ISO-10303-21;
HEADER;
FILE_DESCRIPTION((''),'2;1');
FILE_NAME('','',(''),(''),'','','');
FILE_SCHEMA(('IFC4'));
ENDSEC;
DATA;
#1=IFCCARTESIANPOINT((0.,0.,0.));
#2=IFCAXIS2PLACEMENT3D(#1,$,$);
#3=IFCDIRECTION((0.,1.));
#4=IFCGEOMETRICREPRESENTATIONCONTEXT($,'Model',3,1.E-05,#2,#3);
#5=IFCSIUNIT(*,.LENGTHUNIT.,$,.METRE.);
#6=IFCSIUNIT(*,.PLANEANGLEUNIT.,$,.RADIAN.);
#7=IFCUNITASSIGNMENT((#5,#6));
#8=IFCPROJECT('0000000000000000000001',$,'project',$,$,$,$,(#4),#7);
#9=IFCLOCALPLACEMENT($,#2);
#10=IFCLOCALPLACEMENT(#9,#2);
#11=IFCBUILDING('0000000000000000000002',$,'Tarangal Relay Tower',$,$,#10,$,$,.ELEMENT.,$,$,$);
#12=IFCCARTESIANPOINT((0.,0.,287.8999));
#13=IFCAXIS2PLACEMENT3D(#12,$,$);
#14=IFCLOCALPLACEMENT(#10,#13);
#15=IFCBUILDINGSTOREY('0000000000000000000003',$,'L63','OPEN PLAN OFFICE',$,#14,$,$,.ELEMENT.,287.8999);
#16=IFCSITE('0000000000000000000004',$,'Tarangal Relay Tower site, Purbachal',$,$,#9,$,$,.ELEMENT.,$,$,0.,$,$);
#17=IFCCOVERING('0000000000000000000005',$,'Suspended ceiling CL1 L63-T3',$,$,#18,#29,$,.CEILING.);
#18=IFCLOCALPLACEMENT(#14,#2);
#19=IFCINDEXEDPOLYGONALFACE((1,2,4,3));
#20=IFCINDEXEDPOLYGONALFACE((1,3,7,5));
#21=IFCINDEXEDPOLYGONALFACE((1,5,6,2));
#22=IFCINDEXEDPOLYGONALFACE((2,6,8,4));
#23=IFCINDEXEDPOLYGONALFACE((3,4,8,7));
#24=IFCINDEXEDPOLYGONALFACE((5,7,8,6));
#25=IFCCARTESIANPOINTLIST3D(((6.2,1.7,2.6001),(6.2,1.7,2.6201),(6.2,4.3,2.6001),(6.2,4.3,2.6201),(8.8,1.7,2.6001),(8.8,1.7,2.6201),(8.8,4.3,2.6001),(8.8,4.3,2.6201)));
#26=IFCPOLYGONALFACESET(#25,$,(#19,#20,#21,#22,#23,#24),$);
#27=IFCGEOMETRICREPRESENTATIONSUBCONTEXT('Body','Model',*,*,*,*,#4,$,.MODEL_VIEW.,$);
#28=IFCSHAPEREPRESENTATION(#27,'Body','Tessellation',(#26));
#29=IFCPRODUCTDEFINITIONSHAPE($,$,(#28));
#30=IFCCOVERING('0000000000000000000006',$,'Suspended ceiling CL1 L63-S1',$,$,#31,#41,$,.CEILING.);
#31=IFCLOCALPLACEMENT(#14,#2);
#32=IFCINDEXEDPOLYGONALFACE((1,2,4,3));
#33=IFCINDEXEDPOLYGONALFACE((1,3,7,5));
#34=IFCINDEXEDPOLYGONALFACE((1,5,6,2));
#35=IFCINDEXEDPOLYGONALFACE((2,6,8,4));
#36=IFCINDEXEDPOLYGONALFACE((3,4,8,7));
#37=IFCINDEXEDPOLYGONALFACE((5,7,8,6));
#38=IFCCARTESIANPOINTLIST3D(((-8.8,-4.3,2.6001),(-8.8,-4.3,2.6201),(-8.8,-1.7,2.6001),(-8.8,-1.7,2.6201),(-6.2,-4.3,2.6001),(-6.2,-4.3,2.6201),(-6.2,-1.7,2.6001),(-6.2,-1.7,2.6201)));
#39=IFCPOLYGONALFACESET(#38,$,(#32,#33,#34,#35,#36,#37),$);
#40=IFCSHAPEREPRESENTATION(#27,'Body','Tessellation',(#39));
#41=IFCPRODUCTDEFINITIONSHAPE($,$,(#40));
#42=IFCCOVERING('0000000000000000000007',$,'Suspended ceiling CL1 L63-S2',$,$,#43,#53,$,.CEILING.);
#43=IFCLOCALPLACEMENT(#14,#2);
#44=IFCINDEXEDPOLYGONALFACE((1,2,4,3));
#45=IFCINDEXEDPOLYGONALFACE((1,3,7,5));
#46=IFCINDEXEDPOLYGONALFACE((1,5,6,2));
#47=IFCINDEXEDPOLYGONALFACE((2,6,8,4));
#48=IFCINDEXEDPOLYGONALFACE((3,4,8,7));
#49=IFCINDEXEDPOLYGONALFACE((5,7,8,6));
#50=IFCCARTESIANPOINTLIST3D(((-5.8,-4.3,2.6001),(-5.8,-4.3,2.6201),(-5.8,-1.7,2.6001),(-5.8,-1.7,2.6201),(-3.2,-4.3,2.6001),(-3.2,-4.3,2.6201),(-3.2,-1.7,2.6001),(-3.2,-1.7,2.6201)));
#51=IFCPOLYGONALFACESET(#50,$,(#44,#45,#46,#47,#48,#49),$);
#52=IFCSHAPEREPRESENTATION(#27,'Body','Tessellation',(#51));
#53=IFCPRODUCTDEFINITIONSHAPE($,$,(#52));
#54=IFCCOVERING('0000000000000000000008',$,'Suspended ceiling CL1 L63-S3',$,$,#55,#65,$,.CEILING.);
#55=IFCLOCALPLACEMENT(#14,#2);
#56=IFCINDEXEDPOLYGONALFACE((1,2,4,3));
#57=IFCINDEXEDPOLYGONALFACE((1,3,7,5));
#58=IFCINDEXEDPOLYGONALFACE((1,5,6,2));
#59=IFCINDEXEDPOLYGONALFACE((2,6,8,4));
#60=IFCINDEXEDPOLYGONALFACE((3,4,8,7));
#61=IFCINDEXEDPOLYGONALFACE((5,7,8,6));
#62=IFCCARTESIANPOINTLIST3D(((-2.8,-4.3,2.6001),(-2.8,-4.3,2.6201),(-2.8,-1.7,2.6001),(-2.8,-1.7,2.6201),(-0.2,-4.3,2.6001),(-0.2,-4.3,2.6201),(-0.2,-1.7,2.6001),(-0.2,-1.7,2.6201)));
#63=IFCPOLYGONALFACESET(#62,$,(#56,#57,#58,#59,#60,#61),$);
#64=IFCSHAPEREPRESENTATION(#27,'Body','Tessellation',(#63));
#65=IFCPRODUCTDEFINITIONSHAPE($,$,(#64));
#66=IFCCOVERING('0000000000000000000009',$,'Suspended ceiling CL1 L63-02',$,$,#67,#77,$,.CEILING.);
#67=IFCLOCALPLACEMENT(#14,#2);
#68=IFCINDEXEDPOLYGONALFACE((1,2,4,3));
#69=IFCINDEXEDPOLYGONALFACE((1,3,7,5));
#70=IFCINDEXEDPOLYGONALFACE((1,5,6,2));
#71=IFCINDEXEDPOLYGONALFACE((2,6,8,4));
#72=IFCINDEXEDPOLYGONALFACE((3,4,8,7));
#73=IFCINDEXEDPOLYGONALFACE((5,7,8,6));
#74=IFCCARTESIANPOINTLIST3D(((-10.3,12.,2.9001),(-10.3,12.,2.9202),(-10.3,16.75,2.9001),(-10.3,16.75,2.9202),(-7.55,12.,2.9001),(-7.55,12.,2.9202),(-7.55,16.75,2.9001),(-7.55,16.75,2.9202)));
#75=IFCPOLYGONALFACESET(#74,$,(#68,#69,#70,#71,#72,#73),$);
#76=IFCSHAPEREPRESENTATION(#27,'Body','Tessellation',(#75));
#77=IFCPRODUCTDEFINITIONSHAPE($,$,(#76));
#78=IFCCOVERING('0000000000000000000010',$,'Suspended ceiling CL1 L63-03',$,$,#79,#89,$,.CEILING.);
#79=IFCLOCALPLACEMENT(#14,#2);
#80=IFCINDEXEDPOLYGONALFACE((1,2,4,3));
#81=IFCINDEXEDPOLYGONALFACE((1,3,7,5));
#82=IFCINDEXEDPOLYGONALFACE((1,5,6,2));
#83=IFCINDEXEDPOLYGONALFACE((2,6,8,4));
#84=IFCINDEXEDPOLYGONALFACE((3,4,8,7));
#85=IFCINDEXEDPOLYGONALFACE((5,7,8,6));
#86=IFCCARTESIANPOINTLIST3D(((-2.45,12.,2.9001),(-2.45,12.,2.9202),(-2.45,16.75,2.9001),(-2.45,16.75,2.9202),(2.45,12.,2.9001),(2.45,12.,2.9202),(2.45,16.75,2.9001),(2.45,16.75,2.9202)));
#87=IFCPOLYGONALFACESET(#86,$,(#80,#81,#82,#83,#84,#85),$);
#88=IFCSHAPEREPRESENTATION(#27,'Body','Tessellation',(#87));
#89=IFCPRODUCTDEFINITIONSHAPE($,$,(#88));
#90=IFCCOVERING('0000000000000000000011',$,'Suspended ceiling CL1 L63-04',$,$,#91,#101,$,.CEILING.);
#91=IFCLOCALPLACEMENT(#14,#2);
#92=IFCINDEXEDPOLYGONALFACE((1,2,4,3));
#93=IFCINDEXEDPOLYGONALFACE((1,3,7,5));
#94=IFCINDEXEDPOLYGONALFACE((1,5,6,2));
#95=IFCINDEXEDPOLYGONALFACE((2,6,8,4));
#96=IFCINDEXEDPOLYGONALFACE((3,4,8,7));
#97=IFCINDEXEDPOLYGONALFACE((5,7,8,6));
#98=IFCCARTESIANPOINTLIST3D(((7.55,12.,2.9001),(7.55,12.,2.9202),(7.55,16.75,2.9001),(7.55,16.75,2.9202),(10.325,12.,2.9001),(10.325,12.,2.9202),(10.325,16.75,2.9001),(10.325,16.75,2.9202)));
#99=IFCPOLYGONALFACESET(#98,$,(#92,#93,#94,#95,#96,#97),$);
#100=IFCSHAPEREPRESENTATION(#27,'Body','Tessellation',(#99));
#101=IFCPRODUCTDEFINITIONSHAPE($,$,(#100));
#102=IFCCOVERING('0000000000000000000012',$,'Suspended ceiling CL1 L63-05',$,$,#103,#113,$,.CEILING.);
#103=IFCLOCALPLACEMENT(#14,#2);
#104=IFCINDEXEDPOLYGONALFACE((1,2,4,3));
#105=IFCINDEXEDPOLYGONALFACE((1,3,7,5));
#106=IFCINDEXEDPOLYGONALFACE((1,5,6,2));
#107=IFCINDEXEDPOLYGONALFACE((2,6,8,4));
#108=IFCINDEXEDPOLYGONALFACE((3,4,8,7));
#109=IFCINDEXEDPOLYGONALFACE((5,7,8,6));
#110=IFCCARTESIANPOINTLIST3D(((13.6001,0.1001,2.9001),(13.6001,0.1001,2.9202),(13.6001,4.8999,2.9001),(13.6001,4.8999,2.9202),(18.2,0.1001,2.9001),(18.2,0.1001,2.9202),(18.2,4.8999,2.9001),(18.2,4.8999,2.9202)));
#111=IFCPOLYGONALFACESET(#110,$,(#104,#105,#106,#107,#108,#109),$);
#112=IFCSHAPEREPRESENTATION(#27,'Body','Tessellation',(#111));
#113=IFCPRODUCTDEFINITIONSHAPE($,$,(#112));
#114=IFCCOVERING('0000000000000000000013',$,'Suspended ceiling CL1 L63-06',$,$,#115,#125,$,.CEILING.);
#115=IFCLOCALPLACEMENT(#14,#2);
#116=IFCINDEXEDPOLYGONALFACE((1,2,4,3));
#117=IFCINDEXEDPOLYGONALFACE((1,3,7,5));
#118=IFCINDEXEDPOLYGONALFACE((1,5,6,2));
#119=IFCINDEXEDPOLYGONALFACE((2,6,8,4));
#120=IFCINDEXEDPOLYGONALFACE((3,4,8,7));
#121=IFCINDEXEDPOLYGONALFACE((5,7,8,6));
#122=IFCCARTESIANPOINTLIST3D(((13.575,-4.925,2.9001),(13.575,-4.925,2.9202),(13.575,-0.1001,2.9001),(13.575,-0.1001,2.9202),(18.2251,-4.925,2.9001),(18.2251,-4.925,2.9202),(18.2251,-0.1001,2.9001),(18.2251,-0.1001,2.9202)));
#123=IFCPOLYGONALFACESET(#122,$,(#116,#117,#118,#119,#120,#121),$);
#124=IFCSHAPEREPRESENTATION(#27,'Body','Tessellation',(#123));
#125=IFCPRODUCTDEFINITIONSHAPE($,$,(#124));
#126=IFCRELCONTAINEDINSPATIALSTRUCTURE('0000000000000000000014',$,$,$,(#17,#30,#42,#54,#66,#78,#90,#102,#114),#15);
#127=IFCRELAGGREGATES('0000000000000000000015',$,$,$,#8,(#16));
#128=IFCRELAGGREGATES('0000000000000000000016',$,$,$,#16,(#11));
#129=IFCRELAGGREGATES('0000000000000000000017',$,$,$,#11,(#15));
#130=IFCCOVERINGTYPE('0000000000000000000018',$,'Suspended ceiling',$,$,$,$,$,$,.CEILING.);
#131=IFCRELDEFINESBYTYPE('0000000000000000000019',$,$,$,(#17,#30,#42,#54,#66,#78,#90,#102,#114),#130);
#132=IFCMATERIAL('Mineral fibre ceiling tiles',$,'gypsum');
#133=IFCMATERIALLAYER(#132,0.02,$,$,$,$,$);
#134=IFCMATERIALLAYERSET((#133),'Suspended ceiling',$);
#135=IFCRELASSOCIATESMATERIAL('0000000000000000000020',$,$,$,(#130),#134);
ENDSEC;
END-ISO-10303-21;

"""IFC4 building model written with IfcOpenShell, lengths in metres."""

from ifc_helpers import new_model, si_unit, direction, frame, origin, place, context, subcontext, project, spatial, polyline, outline, extrude, material, layer, layer_set, type_object, element, save


model = new_model("IFC4")

# Units and contexts
model_context = context("Model", 3, precision=1e-05, world=origin(), true_north=direction((0.0, 1.0)))
body_context = subcontext(model_context, "Body", "Model", "MODEL_VIEW")
ifc_project = project(units=[si_unit("LENGTHUNIT", "METRE"), si_unit("PLANEANGLEUNIT", "RADIAN")], contexts=[model_context])

# Site, building, storey
site_placement = place(None, origin())
site = spatial("IfcSite", under=ifc_project, at=site_placement, Name="Tarangal Relay Tower site, Purbachal", CompositionType="ELEMENT", RefElevation=0.0)
building_placement = place(site_placement, origin())
building = spatial("IfcBuilding", under=site, at=building_placement, Name="Tarangal Relay Tower", CompositionType="ELEMENT")
storey_placement = place(building_placement, frame((0.0, 0.0, 287.8999)))
storey = spatial("IfcBuildingStorey", under=building, at=storey_placement, Name="L63", Description="OPEN PLAN OFFICE", CompositionType="ELEMENT", Elevation=287.8999)

# Coverings
ifc_material_1 = material(Name="Mineral fibre ceiling tiles", Category="gypsum")
ifc_layer_1 = layer(ifc_material_1, 0.02)
ifc_layer_set_1 = layer_set([ifc_layer_1], Name="Suspended ceiling")
covering_type_1 = type_object("IfcCoveringType", Name="Suspended ceiling", PredefinedType="CEILING", material=ifc_layer_set_1)
covering_1_placement = place(storey_placement, frame((0.0, 0.0, 2.6001)))
element("IfcCovering", 1, at=covering_1_placement, inside=storey, type_object=covering_type_1, Name="Suspended ceiling CL1 L63-T3", PredefinedType="CEILING", context=body_context, shape_type="SweptSolid", body=[
    extrude(outline(polyline([(6.2, 1.7), (8.8, 1.7), (8.8, 4.3), (6.2, 4.3), (6.2, 1.7)])), origin(), (0.0, 0.0, 1.0), 0.02),
])
covering_2_placement = place(storey_placement, frame((0.0, 0.0, 2.6001)))
element("IfcCovering", 2, at=covering_2_placement, inside=storey, type_object=covering_type_1, Name="Suspended ceiling CL1 L63-S1", PredefinedType="CEILING", context=body_context, shape_type="SweptSolid", body=[
    extrude(outline(polyline([(-8.8, -4.3), (-6.2, -4.3), (-6.2, -1.7), (-8.8, -1.7), (-8.8, -4.3)])), origin(), (0.0, 0.0, 1.0), 0.02),
])
covering_3_placement = place(storey_placement, frame((0.0, 0.0, 2.6001)))
element("IfcCovering", 3, at=covering_3_placement, inside=storey, type_object=covering_type_1, Name="Suspended ceiling CL1 L63-S2", PredefinedType="CEILING", context=body_context, shape_type="SweptSolid", body=[
    extrude(outline(polyline([(-5.8, -4.3), (-3.2, -4.3), (-3.2, -1.7), (-5.8, -1.7), (-5.8, -4.3)])), origin(), (0.0, 0.0, 1.0), 0.02),
])
covering_4_placement = place(storey_placement, frame((0.0, 0.0, 2.6001)))
element("IfcCovering", 4, at=covering_4_placement, inside=storey, type_object=covering_type_1, Name="Suspended ceiling CL1 L63-S3", PredefinedType="CEILING", context=body_context, shape_type="SweptSolid", body=[
    extrude(outline(polyline([(-2.8, -4.3), (-0.2, -4.3), (-0.2, -1.7), (-2.8, -1.7), (-2.8, -4.3)])), origin(), (0.0, 0.0, 1.0), 0.02),
])
covering_5_placement = place(storey_placement, frame((0.0, 0.0, 2.9001)))
element("IfcCovering", 5, at=covering_5_placement, inside=storey, type_object=covering_type_1, Name="Suspended ceiling CL1 L63-02", PredefinedType="CEILING", context=body_context, shape_type="SweptSolid", body=[
    extrude(outline(polyline([(-7.55, 12.0), (-7.55, 16.75), (-10.3, 16.75), (-10.3, 12.0), (-7.55, 12.0)])), origin(), (0.0, 0.0, 1.0), 0.02),
])
covering_6_placement = place(storey_placement, frame((0.0, 0.0, 2.9001)))
element("IfcCovering", 6, at=covering_6_placement, inside=storey, type_object=covering_type_1, Name="Suspended ceiling CL1 L63-03", PredefinedType="CEILING", context=body_context, shape_type="SweptSolid", body=[
    extrude(outline(polyline([(2.45, 12.0), (2.45, 16.75), (-2.45, 16.75), (-2.45, 12.0), (2.45, 12.0)])), origin(), (0.0, 0.0, 1.0), 0.02),
])
covering_7_placement = place(storey_placement, frame((0.0, 0.0, 2.9001)))
element("IfcCovering", 7, at=covering_7_placement, inside=storey, type_object=covering_type_1, Name="Suspended ceiling CL1 L63-04", PredefinedType="CEILING", context=body_context, shape_type="SweptSolid", body=[
    extrude(outline(polyline([(10.325, 12.0), (10.325, 16.75), (7.55, 16.75), (7.55, 12.0), (10.325, 12.0)])), origin(), (0.0, 0.0, 1.0), 0.02),
])
covering_8_placement = place(storey_placement, frame((0.0, 0.0, 2.9001)))
element("IfcCovering", 8, at=covering_8_placement, inside=storey, type_object=covering_type_1, Name="Suspended ceiling CL1 L63-05", PredefinedType="CEILING", context=body_context, shape_type="SweptSolid", body=[
    extrude(outline(polyline([(18.2, 0.1001), (18.2, 4.8999), (13.6001, 4.8999), (13.6001, 0.1001), (18.2, 0.1001)])), origin(), (0.0, 0.0, 1.0), 0.02),
])
covering_9_placement = place(storey_placement, frame((0.0, 0.0, 2.9001)))
element("IfcCovering", 9, at=covering_9_placement, inside=storey, type_object=covering_type_1, Name="Suspended ceiling CL1 L63-06", PredefinedType="CEILING", context=body_context, shape_type="SweptSolid", body=[
    extrude(outline(polyline([(18.2251, -0.1001), (13.575, -0.1001), (13.575, -4.925), (18.2251, -4.925), (18.2251, -0.1001)])), origin(), (0.0, 0.0, 1.0), 0.02),
])

save(model, "model.ifc")
